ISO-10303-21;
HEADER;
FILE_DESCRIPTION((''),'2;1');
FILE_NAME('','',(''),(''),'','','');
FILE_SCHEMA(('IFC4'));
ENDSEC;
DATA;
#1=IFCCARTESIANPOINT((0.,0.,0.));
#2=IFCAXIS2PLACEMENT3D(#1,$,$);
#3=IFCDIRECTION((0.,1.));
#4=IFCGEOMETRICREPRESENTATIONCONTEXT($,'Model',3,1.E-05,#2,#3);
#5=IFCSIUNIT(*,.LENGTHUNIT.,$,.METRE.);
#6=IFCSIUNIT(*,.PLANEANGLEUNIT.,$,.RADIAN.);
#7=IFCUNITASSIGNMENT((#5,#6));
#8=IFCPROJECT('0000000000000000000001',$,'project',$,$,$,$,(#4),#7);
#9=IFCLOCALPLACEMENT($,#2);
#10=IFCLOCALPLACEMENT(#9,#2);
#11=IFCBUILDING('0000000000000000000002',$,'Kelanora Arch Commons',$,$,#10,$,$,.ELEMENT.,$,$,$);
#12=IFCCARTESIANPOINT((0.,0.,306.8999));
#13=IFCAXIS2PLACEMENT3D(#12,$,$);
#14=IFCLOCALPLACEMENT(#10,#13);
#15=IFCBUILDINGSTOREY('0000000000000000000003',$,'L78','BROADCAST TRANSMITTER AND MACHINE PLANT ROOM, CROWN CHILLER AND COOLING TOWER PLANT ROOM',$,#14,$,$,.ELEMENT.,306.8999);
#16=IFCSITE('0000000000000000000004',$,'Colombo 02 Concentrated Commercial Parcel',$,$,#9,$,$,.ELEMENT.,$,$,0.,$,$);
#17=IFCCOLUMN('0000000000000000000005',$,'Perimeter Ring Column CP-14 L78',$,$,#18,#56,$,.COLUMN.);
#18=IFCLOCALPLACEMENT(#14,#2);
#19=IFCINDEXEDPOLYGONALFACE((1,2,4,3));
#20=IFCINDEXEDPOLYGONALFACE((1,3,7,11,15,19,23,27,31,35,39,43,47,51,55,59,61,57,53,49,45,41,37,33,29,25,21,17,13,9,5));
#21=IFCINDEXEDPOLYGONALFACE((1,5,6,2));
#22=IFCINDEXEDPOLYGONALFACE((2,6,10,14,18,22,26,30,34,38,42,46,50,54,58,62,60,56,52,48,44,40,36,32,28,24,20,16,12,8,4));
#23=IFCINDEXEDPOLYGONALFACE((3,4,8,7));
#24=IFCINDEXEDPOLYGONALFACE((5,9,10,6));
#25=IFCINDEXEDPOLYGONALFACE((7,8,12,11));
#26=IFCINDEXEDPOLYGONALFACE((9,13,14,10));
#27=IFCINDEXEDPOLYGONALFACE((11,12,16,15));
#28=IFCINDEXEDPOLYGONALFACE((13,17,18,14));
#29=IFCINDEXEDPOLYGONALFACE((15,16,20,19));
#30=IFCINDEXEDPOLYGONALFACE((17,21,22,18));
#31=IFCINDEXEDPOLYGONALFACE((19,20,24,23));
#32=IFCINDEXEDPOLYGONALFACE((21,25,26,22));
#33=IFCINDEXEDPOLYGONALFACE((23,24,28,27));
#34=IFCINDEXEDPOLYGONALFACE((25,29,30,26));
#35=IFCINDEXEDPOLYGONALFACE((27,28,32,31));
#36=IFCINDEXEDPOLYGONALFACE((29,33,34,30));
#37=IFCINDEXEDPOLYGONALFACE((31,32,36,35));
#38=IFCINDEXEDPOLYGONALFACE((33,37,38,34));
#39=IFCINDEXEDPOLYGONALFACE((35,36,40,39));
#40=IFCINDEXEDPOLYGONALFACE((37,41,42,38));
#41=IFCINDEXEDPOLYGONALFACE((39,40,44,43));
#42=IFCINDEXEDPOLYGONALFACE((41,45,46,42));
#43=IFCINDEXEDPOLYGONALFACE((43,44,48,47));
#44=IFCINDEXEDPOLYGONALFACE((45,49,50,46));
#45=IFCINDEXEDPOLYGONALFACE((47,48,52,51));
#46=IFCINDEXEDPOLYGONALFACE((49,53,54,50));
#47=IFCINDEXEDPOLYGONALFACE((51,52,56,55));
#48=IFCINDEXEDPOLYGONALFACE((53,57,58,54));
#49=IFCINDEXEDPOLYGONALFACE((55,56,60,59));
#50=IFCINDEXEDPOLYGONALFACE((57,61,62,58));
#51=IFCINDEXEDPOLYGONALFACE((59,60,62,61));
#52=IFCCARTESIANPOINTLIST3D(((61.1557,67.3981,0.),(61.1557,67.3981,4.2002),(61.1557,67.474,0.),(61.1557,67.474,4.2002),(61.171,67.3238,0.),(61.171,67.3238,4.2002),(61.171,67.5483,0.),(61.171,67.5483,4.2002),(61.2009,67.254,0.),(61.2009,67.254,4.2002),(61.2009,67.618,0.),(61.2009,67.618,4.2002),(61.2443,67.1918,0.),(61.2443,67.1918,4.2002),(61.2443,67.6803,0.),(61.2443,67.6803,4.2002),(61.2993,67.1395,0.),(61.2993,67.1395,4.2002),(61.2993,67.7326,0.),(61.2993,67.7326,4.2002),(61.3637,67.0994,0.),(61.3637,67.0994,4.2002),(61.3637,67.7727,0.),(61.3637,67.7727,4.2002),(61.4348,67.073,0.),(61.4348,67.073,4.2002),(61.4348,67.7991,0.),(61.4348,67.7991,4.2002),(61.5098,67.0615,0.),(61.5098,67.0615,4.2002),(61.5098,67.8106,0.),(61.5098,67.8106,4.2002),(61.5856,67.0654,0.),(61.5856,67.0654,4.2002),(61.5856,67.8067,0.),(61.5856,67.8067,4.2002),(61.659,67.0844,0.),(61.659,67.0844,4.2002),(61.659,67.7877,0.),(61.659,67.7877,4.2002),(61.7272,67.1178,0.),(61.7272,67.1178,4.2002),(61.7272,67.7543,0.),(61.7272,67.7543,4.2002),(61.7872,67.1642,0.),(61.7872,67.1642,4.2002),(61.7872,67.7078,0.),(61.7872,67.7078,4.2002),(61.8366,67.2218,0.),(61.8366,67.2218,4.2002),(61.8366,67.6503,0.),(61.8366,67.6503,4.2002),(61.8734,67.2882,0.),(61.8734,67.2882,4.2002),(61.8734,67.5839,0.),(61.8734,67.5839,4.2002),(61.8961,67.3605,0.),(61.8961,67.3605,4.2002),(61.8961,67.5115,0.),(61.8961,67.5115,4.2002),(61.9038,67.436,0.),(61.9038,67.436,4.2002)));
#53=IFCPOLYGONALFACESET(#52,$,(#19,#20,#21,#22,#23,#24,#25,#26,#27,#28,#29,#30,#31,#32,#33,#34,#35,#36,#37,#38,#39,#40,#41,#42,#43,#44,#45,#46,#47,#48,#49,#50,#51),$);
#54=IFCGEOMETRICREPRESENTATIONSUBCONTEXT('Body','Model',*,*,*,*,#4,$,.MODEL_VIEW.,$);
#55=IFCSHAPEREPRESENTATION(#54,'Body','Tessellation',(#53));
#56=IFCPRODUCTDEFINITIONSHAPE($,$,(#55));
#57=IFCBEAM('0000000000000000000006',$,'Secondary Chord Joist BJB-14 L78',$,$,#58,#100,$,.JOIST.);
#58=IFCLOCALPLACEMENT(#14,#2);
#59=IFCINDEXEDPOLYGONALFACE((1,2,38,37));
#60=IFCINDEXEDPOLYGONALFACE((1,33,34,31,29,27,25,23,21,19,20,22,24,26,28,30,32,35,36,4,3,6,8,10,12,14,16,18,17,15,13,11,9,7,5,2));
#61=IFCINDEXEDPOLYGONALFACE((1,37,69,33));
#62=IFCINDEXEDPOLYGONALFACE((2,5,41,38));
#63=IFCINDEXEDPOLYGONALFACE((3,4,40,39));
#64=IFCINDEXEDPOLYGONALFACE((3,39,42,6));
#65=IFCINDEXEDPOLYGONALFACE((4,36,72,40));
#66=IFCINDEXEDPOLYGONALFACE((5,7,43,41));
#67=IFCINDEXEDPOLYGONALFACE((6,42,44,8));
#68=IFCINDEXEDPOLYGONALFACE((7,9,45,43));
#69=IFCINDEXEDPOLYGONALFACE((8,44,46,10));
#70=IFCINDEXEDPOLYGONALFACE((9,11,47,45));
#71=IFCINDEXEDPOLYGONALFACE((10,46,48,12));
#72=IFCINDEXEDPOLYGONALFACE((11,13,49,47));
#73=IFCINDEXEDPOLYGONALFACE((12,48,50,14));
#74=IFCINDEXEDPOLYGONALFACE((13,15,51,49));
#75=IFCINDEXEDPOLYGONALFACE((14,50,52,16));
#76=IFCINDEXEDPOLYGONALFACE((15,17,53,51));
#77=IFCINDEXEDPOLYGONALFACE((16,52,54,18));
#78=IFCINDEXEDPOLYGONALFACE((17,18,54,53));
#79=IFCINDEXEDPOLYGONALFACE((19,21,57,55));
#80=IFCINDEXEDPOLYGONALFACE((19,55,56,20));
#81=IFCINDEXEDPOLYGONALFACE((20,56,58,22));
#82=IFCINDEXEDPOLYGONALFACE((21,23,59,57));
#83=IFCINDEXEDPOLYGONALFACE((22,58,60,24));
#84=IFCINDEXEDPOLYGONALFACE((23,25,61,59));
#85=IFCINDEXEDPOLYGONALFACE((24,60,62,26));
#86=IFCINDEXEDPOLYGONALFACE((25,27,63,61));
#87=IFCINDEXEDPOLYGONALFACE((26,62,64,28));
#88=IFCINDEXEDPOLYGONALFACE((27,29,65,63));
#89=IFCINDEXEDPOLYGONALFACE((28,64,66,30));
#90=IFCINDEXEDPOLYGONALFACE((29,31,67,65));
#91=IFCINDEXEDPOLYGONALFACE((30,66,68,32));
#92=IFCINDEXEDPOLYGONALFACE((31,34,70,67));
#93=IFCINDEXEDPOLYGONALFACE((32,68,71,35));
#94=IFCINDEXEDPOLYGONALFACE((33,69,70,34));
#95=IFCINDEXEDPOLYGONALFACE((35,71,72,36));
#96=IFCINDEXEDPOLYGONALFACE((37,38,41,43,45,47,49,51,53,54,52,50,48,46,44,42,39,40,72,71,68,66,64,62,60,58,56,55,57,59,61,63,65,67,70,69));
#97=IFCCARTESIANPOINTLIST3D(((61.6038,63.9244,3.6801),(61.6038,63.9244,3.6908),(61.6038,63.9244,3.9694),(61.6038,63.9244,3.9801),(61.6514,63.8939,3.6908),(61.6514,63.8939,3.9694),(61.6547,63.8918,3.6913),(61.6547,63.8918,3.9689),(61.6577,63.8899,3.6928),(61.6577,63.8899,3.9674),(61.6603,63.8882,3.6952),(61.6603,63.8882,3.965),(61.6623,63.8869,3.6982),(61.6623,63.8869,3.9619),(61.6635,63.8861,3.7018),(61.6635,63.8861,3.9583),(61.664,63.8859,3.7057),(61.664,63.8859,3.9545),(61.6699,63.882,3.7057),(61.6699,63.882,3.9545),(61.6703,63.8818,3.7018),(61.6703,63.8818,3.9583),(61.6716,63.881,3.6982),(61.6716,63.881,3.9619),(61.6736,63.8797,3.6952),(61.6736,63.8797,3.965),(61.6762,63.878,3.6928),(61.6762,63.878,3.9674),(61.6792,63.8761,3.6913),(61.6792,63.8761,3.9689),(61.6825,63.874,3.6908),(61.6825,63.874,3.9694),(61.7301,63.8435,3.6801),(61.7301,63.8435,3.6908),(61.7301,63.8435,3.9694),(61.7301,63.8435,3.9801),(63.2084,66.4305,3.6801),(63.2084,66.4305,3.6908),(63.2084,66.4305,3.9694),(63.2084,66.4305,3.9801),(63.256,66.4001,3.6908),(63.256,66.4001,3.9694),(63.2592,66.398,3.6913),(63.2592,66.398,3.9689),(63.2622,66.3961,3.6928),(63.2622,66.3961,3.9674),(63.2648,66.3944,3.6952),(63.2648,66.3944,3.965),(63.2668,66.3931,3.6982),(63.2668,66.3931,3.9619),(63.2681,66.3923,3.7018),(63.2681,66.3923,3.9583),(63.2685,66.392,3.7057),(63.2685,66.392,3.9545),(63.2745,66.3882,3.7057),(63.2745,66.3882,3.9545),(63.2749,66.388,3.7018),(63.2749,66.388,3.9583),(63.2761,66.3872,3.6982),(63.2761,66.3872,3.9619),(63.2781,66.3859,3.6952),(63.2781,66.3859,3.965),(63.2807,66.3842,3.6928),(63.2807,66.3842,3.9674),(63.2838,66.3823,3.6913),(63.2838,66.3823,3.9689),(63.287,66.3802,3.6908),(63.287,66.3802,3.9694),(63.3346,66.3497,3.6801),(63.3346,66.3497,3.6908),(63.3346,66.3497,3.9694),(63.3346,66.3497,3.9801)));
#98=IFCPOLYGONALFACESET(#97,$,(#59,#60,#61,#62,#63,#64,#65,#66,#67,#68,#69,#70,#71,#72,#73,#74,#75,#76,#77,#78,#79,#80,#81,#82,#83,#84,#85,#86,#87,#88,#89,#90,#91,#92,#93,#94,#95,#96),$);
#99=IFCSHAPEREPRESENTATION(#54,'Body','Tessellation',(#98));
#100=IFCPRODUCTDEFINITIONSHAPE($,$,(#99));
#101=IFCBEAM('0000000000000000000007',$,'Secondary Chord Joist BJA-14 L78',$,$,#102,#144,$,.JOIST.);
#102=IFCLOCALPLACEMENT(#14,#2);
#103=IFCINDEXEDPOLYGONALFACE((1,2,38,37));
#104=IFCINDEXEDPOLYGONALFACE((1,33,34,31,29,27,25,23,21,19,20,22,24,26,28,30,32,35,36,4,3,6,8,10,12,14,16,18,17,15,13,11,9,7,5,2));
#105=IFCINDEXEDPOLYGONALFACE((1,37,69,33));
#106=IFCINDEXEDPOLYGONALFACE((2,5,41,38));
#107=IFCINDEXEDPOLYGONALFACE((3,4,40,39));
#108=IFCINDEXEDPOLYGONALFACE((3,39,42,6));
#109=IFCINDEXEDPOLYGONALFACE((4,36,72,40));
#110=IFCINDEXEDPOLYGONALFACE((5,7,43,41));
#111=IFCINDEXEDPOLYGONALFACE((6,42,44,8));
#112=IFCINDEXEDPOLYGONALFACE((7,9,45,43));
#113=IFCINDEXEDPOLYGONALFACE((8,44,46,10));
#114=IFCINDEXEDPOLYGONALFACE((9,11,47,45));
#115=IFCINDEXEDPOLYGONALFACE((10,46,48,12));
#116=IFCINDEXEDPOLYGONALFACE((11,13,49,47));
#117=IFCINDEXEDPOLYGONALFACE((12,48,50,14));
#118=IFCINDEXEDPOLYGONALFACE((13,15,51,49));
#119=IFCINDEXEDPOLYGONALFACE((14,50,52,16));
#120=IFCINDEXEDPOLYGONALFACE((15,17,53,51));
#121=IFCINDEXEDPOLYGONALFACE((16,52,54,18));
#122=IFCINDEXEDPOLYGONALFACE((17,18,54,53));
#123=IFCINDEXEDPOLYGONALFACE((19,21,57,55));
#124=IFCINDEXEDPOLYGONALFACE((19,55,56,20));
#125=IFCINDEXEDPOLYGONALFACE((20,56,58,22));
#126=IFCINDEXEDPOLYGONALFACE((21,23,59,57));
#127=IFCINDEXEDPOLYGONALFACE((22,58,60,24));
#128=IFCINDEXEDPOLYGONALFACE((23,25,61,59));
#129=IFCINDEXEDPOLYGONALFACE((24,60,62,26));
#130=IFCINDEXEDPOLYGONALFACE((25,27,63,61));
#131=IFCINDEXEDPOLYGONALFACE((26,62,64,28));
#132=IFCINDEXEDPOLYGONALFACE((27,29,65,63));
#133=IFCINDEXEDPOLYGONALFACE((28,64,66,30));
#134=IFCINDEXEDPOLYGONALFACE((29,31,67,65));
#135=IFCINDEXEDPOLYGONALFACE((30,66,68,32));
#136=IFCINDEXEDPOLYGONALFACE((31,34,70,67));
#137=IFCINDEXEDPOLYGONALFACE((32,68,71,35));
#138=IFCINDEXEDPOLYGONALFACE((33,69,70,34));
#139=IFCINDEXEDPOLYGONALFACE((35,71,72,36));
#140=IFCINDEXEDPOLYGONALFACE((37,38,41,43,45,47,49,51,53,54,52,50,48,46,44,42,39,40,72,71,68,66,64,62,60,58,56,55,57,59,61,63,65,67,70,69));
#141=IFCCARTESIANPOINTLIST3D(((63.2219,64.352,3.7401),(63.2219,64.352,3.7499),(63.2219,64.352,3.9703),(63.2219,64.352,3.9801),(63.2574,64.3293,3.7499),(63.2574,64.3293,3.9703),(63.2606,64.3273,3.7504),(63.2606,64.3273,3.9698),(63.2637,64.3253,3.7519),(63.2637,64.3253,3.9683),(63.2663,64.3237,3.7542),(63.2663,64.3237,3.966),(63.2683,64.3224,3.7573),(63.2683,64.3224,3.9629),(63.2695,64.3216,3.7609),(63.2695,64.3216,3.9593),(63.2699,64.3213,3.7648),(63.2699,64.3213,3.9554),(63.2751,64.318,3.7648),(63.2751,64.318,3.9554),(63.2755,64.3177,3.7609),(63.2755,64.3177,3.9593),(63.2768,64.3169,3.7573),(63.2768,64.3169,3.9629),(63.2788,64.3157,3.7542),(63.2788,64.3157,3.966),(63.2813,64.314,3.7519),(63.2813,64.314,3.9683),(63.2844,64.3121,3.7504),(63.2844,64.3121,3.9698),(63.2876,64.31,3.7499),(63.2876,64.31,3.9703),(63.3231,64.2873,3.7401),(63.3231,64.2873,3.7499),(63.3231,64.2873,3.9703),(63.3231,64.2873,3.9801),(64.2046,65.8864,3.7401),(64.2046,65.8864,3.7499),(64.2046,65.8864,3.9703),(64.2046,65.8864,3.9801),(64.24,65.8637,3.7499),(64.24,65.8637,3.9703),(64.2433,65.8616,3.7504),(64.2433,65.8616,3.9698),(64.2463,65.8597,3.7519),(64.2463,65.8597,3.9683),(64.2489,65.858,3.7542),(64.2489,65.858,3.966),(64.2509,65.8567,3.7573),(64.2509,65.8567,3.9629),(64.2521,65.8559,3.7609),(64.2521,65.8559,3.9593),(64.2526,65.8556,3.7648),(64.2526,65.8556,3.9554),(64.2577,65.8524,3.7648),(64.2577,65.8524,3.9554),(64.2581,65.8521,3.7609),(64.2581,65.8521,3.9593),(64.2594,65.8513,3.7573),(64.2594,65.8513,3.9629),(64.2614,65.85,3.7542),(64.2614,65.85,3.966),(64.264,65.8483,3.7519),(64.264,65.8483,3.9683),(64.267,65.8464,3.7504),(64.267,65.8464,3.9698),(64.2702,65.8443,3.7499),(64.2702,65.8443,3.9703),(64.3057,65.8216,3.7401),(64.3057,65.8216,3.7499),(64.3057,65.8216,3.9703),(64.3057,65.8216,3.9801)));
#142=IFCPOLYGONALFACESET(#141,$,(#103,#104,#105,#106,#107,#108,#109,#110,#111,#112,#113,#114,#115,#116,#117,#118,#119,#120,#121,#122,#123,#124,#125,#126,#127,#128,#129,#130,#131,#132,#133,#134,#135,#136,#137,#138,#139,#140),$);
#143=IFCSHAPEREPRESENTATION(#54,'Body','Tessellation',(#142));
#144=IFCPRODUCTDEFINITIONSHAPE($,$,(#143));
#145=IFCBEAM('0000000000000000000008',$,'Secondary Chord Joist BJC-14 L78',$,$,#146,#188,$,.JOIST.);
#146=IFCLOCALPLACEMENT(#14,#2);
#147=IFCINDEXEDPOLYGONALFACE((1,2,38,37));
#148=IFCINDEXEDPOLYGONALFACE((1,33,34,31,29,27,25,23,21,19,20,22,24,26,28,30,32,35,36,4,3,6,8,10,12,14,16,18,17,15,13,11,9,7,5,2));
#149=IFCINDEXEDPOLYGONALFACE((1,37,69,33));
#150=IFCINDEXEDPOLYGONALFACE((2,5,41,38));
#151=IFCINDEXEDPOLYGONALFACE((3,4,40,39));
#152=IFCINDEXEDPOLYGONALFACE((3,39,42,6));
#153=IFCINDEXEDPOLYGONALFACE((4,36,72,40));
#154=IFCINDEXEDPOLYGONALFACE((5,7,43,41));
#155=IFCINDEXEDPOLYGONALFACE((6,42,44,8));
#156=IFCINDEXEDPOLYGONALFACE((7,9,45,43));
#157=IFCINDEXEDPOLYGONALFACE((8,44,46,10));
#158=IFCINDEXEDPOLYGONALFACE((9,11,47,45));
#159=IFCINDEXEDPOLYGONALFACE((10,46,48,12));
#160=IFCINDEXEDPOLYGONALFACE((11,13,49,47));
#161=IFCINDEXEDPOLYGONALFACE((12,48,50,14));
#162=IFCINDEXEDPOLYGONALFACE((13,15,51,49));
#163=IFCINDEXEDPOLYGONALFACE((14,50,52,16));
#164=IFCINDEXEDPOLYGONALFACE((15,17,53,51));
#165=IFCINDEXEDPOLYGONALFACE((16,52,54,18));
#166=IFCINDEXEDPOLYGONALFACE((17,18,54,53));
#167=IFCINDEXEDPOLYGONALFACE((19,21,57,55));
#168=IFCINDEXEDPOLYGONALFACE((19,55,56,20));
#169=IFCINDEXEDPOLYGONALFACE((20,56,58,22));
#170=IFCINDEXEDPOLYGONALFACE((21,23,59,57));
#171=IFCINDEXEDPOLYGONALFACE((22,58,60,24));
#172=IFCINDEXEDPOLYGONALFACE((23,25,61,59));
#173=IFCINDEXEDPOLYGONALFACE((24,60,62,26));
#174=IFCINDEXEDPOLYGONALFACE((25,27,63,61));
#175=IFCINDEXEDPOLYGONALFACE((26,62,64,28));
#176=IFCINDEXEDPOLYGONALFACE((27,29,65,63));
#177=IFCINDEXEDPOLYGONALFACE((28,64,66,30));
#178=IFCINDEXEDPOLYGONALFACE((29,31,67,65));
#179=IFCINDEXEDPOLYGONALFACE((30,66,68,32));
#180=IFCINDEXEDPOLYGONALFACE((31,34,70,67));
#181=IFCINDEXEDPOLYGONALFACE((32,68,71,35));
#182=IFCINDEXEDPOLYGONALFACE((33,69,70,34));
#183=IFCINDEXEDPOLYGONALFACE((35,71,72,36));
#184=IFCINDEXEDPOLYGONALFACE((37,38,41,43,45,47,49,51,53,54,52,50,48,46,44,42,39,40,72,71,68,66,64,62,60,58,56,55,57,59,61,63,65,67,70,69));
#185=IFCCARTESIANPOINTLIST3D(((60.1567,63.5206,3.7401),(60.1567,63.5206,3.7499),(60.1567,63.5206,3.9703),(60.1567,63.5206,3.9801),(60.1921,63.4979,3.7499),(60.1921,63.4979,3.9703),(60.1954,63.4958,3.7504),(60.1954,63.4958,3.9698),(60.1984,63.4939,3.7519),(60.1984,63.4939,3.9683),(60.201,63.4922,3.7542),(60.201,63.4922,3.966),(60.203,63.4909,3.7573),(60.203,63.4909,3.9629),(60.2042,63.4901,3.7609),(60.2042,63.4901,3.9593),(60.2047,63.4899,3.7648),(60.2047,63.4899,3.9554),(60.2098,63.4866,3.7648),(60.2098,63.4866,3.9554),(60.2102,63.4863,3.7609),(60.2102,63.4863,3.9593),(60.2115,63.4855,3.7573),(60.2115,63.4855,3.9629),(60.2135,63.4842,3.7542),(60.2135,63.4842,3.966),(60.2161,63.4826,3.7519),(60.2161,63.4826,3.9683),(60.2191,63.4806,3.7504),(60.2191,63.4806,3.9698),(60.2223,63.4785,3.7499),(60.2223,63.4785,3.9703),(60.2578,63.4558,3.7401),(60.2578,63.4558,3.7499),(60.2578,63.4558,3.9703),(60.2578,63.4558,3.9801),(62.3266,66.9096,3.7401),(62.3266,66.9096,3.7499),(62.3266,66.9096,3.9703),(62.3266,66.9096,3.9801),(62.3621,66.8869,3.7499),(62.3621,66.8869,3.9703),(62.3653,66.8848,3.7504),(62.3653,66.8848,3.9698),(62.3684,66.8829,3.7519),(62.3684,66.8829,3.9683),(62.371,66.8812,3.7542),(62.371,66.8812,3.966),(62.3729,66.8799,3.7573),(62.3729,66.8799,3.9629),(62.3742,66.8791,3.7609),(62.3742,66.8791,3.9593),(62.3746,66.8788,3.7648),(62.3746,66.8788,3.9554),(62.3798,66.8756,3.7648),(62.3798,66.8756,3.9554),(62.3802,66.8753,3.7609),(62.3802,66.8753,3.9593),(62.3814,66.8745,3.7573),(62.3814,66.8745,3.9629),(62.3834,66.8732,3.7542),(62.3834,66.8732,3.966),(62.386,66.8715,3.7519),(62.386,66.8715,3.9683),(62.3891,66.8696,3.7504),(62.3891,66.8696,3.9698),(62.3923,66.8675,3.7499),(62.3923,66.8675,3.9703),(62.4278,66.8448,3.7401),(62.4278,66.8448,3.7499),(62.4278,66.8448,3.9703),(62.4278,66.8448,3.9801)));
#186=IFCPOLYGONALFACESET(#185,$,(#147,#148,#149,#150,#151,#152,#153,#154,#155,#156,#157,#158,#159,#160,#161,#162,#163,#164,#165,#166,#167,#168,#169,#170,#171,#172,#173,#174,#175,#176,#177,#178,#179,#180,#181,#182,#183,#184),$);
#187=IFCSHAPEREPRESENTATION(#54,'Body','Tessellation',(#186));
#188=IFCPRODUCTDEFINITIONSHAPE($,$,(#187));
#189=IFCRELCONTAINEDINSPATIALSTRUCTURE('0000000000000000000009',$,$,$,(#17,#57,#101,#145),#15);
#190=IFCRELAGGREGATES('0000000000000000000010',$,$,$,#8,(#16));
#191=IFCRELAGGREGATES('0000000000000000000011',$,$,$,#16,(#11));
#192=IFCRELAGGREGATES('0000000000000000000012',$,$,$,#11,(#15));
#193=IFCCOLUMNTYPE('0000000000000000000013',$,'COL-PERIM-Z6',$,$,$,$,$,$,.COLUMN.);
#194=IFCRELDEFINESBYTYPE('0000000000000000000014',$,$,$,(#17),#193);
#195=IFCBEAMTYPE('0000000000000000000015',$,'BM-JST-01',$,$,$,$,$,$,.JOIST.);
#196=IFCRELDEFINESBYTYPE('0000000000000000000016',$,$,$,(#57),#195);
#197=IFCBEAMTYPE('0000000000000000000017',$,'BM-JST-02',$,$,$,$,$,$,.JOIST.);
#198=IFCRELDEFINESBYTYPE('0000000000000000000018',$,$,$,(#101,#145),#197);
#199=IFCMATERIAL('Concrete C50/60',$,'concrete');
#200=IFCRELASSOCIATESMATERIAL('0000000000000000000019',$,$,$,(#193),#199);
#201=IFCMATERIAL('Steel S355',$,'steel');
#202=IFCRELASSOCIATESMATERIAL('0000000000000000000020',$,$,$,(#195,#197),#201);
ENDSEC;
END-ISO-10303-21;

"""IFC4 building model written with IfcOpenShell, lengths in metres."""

from ifc_helpers import new_model, si_unit, direction, frame, origin, origin_2d, place, context, subcontext, project, spatial, circle, i_section, extrude, material, material_profile, profile_set, type_object, element, save


model = new_model("IFC4")

# Units and contexts
model_context = context("Model", 3, precision=1e-05, world=origin(), true_north=direction((0.0, 1.0)))
body_context = subcontext(model_context, "Body", "Model", "MODEL_VIEW")
ifc_project = project(units=[si_unit("LENGTHUNIT", "METRE"), si_unit("PLANEANGLEUNIT", "RADIAN")], contexts=[model_context])

# Site, building, storey
site_placement = place(None, origin())
site = spatial("IfcSite", under=ifc_project, at=site_placement, Name="Colombo 02 Concentrated Commercial Parcel", CompositionType="ELEMENT", RefElevation=0.0)
building_placement = place(site_placement, origin())
building = spatial("IfcBuilding", under=site, at=building_placement, Name="Kelanora Arch Commons", CompositionType="ELEMENT")
storey_placement = place(building_placement, frame((0.0, 0.0, 306.8999)))
storey = spatial("IfcBuildingStorey", under=building, at=storey_placement, Name="L78", Description="BROADCAST TRANSMITTER AND MACHINE PLANT ROOM, CROWN CHILLER AND COOLING TOWER PLANT ROOM", CompositionType="ELEMENT", Elevation=306.8999)

# Column
ifc_material_1 = material(Name="Concrete C50/60", Category="concrete")
ifc_material_profile_1 = material_profile(ifc_material_1, circle(Radius=0.375, at=origin_2d()), Name="RCC750")
ifc_profile_set_1 = profile_set([ifc_material_profile_1], Name="Concrete C50/60")
column_type = type_object("IfcColumnType", Name="COL-PERIM-Z6", PredefinedType="COLUMN", material=ifc_profile_set_1)
column_placement = place(storey_placement, frame((61.5288, 67.436, 0.0), z_axis=(0.0, 0.0, 1.0), x_axis=(1.0, 0.0, 0.0)))
element("IfcColumn", 1, at=column_placement, inside=storey, type_object=column_type, Name="Perimeter Ring Column CP-14 L78", PredefinedType="COLUMN", context=body_context, shape_type="SweptSolid", body=[
    extrude(circle(Radius=0.375, at=origin_2d()), origin(), (0.0, 0.0, 1.0), 4.2002),
])

# Beams
ifc_material_2 = material(Name="Steel S355", Category="steel")
ifc_material_profile_2 = material_profile(ifc_material_2, i_section(OverallWidth=0.1499, OverallDepth=0.3, WebThickness=0.0071, FlangeThickness=0.0107, FilletRadius=0.0149, at=origin_2d()), Name="IPE300")
ifc_profile_set_2 = profile_set([ifc_material_profile_2], Name="Steel S355")
beam_type_1 = type_object("IfcBeamType", Name="BM-JST-01", PredefinedType="JOIST", material=ifc_profile_set_2)
beam_1_placement = place(storey_placement, frame((63.2715, 66.3901, 3.8301), z_axis=(-0.539193, -0.842182, 0.0), x_axis=(0.842182, -0.539193, 0.0)))
element("IfcBeam", 2, at=beam_1_placement, inside=storey, type_object=beam_type_1, Name="Secondary Chord Joist BJB-14 L78", PredefinedType="JOIST", context=body_context, shape_type="SweptSolid", body=[
    extrude(i_section(OverallWidth=0.1499, OverallDepth=0.3, WebThickness=0.0071, FlangeThickness=0.0107, FilletRadius=0.0149, at=origin_2d()), origin(), (0.0, 0.0, 1.0), 2.9758),
])
ifc_material_profile_3 = material_profile(ifc_material_2, i_section(OverallWidth=0.1201, OverallDepth=0.24, WebThickness=0.0061, FlangeThickness=0.0098, FilletRadius=0.0149, at=origin_2d()), Name="IPE240")
ifc_profile_set_3 = profile_set([ifc_material_profile_3], Name="Steel S355")
beam_type_2 = type_object("IfcBeamType", Name="BM-JST-02", PredefinedType="JOIST", material=ifc_profile_set_3)
beam_2_placement = place(storey_placement, frame((64.2551, 65.854, 3.8601), z_axis=(-0.539301, -0.842113, 0.0), x_axis=(0.842113, -0.539301, 0.0)))
element("IfcBeam", 3, at=beam_2_placement, inside=storey, type_object=beam_type_2, Name="Secondary Chord Joist BJA-14 L78", PredefinedType="JOIST", context=body_context, shape_type="SweptSolid", body=[
    extrude(i_section(OverallWidth=0.1201, OverallDepth=0.24, WebThickness=0.0061, FlangeThickness=0.0098, FilletRadius=0.0149, at=origin_2d()), origin(), (0.0, 0.0, 1.0), 1.822),
])
beam_3_placement = place(storey_placement, frame((62.3772, 66.8772, 3.8601), z_axis=(-0.539233, -0.842157, 0.0), x_axis=(0.842157, -0.539233, 0.0)))
element("IfcBeam", 4, at=beam_3_placement, inside=storey, type_object=beam_type_2, Name="Secondary Chord Joist BJC-14 L78", PredefinedType="JOIST", context=body_context, shape_type="SweptSolid", body=[
    extrude(i_section(OverallWidth=0.1201, OverallDepth=0.24, WebThickness=0.0061, FlangeThickness=0.0098, FilletRadius=0.0149, at=origin_2d()), origin(), (0.0, 0.0, 1.0), 4.0242),
])

save(model, "model.ifc")
